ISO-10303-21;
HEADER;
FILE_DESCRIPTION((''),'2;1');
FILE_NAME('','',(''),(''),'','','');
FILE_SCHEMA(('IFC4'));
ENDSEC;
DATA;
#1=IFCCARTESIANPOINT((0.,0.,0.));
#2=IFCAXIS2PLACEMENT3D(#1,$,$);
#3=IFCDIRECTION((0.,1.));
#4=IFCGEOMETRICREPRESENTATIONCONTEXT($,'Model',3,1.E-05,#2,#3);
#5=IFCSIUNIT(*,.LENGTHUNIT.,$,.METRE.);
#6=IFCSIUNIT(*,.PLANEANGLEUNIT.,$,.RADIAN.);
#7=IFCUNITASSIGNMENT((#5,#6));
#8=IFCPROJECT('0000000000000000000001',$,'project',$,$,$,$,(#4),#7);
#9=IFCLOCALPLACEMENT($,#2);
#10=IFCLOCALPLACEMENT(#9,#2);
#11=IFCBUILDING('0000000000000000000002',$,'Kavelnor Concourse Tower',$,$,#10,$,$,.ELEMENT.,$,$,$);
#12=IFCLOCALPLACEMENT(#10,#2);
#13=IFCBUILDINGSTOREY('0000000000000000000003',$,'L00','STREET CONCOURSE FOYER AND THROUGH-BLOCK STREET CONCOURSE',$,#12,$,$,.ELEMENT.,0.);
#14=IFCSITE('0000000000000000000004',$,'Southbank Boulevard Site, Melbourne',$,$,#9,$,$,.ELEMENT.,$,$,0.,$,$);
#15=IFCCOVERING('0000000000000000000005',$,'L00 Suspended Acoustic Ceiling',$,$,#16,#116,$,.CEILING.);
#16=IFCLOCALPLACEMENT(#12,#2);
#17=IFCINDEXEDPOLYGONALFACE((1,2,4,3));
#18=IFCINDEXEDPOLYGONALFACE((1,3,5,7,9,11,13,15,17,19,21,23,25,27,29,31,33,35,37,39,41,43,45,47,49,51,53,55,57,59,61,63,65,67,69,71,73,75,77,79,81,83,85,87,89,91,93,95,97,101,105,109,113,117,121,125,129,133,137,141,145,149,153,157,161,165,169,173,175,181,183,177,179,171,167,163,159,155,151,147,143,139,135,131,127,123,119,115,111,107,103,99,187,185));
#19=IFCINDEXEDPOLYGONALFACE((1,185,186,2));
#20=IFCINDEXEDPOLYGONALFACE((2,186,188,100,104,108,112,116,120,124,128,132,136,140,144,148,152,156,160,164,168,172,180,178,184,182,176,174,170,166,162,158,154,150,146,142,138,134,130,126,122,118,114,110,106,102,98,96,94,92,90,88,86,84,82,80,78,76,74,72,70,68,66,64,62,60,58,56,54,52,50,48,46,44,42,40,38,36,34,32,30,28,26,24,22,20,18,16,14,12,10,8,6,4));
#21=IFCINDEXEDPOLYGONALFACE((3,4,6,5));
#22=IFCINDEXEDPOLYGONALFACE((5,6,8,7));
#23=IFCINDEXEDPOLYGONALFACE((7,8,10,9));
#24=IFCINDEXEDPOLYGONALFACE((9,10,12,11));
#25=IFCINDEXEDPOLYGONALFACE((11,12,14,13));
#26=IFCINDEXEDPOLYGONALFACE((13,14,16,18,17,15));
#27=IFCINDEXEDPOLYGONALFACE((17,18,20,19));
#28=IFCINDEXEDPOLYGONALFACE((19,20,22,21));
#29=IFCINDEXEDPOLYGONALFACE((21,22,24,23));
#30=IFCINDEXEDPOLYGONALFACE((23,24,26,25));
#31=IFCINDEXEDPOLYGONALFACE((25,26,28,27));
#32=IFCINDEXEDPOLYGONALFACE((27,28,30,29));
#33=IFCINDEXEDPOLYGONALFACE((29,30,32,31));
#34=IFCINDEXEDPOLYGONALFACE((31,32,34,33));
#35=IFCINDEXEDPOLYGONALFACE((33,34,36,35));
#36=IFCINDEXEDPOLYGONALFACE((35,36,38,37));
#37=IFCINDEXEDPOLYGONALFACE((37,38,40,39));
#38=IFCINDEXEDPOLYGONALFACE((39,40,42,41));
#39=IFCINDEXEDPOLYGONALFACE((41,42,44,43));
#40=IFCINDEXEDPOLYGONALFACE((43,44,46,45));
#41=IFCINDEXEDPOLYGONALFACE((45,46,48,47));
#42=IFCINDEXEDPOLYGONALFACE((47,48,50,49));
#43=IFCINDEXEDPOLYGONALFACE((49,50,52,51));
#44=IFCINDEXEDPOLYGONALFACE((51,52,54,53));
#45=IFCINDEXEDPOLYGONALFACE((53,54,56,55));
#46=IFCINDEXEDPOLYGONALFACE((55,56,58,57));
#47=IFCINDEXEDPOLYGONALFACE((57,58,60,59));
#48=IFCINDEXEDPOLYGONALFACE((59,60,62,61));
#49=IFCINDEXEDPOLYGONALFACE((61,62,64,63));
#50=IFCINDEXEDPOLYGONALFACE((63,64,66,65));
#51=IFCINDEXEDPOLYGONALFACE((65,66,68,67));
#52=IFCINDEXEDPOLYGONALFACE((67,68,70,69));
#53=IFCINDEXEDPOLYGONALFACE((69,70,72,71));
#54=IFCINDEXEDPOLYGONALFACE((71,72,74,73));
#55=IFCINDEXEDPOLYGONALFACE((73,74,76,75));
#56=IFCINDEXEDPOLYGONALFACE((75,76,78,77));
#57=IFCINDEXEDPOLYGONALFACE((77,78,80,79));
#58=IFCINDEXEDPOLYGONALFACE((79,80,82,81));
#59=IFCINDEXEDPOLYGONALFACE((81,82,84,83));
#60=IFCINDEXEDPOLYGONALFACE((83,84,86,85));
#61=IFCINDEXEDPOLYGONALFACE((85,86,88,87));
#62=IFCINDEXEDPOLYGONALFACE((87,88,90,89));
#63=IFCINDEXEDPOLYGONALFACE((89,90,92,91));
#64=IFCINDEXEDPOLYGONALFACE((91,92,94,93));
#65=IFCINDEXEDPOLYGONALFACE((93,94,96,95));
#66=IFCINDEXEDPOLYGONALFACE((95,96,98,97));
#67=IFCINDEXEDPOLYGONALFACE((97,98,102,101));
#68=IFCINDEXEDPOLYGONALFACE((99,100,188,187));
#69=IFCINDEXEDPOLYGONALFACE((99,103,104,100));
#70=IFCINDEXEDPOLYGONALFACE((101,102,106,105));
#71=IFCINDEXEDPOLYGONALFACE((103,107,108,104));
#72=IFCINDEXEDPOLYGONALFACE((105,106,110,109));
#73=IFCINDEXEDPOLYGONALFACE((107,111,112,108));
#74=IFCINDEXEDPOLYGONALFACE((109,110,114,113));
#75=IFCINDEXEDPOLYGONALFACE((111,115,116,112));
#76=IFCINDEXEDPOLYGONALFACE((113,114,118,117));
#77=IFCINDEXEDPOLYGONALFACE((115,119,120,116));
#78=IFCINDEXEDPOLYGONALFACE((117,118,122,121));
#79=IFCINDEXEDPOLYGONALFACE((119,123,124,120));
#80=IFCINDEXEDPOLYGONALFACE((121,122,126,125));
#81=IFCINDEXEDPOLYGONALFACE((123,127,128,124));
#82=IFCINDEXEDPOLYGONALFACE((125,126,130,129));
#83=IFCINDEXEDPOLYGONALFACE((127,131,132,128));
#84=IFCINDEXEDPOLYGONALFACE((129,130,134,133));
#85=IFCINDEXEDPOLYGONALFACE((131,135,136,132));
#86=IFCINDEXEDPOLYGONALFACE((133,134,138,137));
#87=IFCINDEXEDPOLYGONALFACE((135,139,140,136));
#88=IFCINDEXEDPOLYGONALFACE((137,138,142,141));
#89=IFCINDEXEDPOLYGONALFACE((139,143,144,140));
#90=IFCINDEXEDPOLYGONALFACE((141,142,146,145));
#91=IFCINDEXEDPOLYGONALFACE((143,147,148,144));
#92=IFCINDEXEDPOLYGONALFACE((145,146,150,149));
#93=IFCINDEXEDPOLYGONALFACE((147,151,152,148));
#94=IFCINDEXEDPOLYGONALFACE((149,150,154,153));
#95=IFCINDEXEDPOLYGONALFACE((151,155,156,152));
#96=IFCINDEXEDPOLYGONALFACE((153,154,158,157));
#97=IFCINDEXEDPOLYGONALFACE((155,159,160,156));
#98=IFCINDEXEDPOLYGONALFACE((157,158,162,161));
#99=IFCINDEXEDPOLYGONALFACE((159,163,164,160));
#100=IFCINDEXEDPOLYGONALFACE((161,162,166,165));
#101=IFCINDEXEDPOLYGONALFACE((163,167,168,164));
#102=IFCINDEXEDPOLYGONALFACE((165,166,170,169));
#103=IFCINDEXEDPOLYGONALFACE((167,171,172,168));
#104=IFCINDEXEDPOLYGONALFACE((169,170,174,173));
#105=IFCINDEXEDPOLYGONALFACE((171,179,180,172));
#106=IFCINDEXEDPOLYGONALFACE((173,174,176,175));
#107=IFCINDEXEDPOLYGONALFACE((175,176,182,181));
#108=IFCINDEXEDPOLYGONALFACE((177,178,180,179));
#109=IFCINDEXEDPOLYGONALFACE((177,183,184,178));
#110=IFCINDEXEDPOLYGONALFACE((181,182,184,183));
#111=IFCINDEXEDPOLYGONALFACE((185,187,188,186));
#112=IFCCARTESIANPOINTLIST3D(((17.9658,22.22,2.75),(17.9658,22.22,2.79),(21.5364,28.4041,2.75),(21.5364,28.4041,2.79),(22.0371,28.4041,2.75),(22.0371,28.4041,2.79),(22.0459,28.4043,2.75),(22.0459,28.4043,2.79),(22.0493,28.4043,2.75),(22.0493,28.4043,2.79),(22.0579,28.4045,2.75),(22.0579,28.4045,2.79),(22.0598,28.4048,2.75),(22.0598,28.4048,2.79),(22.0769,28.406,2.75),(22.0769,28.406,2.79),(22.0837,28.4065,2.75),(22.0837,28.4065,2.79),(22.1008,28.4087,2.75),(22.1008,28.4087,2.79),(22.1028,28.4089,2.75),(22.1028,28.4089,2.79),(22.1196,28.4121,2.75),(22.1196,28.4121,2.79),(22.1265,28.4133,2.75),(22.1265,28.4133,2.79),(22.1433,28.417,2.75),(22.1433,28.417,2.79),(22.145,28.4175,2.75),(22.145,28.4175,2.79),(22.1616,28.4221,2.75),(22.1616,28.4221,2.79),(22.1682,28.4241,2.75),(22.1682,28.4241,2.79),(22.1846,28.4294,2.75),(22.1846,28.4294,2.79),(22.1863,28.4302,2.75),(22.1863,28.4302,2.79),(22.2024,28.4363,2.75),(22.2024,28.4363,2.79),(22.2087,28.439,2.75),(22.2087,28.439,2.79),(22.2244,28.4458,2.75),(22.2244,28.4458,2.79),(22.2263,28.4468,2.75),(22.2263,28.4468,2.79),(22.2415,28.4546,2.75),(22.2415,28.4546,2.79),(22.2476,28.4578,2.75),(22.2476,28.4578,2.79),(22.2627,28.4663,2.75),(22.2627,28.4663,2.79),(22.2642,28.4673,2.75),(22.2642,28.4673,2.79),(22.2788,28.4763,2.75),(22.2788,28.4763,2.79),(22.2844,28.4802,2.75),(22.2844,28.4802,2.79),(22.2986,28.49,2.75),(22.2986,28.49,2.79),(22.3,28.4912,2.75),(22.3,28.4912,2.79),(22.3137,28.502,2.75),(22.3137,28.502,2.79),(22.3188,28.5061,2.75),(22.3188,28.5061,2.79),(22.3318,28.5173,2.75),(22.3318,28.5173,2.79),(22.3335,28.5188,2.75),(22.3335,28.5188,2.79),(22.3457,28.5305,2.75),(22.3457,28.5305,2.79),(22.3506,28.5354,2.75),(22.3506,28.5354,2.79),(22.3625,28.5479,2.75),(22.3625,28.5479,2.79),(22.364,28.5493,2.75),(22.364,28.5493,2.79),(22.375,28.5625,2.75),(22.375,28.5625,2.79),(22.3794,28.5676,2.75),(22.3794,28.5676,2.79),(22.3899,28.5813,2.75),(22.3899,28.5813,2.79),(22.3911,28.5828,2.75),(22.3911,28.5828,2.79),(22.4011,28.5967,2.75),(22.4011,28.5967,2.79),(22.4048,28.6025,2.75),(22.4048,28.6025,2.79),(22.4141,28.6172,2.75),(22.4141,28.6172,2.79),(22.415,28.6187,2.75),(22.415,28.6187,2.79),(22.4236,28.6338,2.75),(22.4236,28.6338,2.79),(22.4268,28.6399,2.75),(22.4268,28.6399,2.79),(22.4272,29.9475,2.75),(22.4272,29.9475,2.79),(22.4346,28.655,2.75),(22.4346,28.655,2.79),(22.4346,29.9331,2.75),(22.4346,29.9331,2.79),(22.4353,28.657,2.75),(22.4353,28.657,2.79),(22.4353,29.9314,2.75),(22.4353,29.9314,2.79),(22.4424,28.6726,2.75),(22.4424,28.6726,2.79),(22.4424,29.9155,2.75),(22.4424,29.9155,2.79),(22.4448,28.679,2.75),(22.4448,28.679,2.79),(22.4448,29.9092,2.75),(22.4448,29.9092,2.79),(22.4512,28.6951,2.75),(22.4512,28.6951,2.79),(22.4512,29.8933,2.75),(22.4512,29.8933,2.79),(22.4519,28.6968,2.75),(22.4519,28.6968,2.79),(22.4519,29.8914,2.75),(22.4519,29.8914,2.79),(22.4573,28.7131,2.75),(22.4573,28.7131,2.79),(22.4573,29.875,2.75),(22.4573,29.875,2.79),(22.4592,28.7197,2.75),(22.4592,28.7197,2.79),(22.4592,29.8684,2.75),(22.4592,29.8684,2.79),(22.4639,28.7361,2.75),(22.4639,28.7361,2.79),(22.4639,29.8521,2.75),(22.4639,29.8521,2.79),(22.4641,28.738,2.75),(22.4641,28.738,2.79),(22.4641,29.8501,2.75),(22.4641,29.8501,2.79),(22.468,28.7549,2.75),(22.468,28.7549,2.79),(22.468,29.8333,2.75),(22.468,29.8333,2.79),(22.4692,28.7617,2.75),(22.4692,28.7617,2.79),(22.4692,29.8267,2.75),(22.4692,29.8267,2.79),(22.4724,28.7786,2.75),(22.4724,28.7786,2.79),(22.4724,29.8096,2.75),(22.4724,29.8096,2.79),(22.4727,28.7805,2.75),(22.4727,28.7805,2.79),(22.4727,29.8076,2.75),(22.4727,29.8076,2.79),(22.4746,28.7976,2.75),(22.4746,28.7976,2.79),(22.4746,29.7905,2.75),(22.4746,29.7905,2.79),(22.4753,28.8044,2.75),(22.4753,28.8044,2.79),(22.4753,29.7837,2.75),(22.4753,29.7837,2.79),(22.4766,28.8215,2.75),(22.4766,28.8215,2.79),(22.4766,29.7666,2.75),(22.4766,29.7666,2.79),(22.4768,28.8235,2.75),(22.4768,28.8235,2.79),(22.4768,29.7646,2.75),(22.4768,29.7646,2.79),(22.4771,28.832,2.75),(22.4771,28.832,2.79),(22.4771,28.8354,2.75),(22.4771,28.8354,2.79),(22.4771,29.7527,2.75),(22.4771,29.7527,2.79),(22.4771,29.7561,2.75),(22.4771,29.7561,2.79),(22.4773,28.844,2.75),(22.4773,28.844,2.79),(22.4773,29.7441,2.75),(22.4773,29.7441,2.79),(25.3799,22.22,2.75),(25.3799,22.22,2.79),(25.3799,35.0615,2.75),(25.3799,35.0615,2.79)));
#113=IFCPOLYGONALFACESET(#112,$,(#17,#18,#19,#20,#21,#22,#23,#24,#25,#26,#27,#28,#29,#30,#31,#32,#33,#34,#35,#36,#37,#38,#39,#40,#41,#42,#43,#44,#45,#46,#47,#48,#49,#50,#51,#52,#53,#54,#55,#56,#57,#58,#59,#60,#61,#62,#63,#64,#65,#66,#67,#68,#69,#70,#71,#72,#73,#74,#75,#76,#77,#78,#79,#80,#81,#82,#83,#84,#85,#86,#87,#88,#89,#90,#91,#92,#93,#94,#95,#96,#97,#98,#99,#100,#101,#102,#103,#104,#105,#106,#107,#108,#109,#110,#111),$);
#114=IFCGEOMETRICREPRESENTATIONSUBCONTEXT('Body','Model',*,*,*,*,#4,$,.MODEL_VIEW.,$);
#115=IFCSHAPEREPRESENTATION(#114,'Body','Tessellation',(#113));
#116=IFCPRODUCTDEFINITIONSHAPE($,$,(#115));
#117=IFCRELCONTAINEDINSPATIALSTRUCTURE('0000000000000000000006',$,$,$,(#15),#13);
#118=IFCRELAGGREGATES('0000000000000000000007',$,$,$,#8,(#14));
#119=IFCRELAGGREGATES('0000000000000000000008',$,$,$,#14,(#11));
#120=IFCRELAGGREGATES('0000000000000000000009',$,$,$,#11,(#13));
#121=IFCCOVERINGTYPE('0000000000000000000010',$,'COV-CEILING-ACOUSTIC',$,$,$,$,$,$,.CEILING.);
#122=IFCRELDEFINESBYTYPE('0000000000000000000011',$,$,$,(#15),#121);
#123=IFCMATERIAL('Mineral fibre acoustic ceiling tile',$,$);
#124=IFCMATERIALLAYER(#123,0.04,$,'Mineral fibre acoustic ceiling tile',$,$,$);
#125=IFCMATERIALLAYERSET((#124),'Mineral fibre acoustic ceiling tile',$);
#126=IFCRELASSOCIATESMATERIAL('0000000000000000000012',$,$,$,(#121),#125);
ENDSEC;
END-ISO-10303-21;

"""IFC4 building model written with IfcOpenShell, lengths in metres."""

from ifc_helpers import new_model, si_unit, direction, frame, origin, place, context, subcontext, project, spatial, polyline, outline, extrude, material, layer, layer_set, type_object, element, save


model = new_model("IFC4")

# Units and contexts
model_context = context("Model", 3, precision=1e-05, world=origin(), true_north=direction((0.0, 1.0)))
body_context = subcontext(model_context, "Body", "Model", "MODEL_VIEW")
ifc_project = project(units=[si_unit("LENGTHUNIT", "METRE"), si_unit("PLANEANGLEUNIT", "RADIAN")], contexts=[model_context])

# Site, building, storey
site_placement = place(None, origin())
site = spatial("IfcSite", under=ifc_project, at=site_placement, Name="Southbank Boulevard Site, Melbourne", CompositionType="ELEMENT", RefElevation=0.0)
building_placement = place(site_placement, origin())
building = spatial("IfcBuilding", under=site, at=building_placement, Name="Kavelnor Concourse Tower", CompositionType="ELEMENT")
storey_placement = place(building_placement, origin())
storey = spatial("IfcBuildingStorey", under=building, at=storey_placement, Name="L00", Description="STREET CONCOURSE FOYER AND THROUGH-BLOCK STREET CONCOURSE", CompositionType="ELEMENT", Elevation=0.0)

# Covering
ifc_material_1 = material(Name="Mineral fibre acoustic ceiling tile")
ifc_layer_1 = layer(ifc_material_1, 0.04, Name="Mineral fibre acoustic ceiling tile")
ifc_layer_set_1 = layer_set([ifc_layer_1], Name="Mineral fibre acoustic ceiling tile")
covering_type_1 = type_object("IfcCoveringType", Name="COV-CEILING-ACOUSTIC", PredefinedType="CEILING", material=ifc_layer_set_1)
covering_1_placement = place(storey_placement, frame((0.0, 0.0, 2.75)))
element("IfcCovering", 1, at=covering_1_placement, inside=storey, type_object=covering_type_1, Name="L00 Suspended Acoustic Ceiling", PredefinedType="CEILING", context=body_context, shape_type="SweptSolid", body=[
    extrude(outline(polyline([(21.5364, 28.4041), (22.0371, 28.4041), (22.0459, 28.4043), (22.0493, 28.4043), (22.0579, 28.4045), (22.0598, 28.4048), (22.0769, 28.406), (22.0837, 28.4065), (22.1008, 28.4087), (22.1028, 28.4089), (22.1196, 28.4121), (22.1265, 28.4133), (22.1433, 28.417), (22.145, 28.4175), (22.1616, 28.4221), (22.1682, 28.4241), (22.1846, 28.4294), (22.1863, 28.4302), (22.2024, 28.4363), (22.2087, 28.439), (22.2244, 28.4458), (22.2263, 28.4468), (22.2415, 28.4546), (22.2476, 28.4578), (22.2627, 28.4663), (22.2642, 28.4673), (22.2788, 28.4763), (22.2844, 28.4802), (22.2986, 28.49), (22.3, 28.4912), (22.3137, 28.502), (22.3188, 28.5061), (22.3318, 28.5173), (22.3335, 28.5188), (22.3457, 28.5305), (22.3506, 28.5354), (22.3625, 28.5479), (22.364, 28.5493), (22.375, 28.5625), (22.3794, 28.5676), (22.3899, 28.5813), (22.3911, 28.5828), (22.4011, 28.5967), (22.4048, 28.6025), (22.4141, 28.6172), (22.415, 28.6187), (22.4236, 28.6338), (22.4268, 28.6399), (22.4346, 28.655), (22.4353, 28.657), (22.4424, 28.6726), (22.4448, 28.679), (22.4512, 28.6951), (22.4519, 28.6968), (22.4573, 28.7131), (22.4592, 28.7197), (22.4639, 28.7361), (22.4641, 28.738), (22.468, 28.7549), (22.4692, 28.7617), (22.4724, 28.7786), (22.4727, 28.7805), (22.4746, 28.7976), (22.4753, 28.8044), (22.4766, 28.8215), (22.4768, 28.8235), (22.4771, 28.832), (22.4771, 28.8354), (22.4773, 28.844), (22.4773, 29.7441), (22.4771, 29.7527), (22.4771, 29.7561), (22.4768, 29.7646), (22.4766, 29.7666), (22.4753, 29.7837), (22.4746, 29.7905), (22.4727, 29.8076), (22.4724, 29.8096), (22.4692, 29.8267), (22.468, 29.8333), (22.4641, 29.8501), (22.4639, 29.8521), (22.4592, 29.8684), (22.4573, 29.875), (22.4519, 29.8914), (22.4512, 29.8933), (22.4448, 29.9092), (22.4424, 29.9155), (22.4353, 29.9314), (22.4346, 29.9331), (22.4272, 29.9475), (25.3799, 35.0615), (25.3799, 22.22), (17.9658, 22.22), (21.5364, 28.4041)])), origin(), (0.0, 0.0, 1.0), 0.04),
])

save(model, "model.ifc")
